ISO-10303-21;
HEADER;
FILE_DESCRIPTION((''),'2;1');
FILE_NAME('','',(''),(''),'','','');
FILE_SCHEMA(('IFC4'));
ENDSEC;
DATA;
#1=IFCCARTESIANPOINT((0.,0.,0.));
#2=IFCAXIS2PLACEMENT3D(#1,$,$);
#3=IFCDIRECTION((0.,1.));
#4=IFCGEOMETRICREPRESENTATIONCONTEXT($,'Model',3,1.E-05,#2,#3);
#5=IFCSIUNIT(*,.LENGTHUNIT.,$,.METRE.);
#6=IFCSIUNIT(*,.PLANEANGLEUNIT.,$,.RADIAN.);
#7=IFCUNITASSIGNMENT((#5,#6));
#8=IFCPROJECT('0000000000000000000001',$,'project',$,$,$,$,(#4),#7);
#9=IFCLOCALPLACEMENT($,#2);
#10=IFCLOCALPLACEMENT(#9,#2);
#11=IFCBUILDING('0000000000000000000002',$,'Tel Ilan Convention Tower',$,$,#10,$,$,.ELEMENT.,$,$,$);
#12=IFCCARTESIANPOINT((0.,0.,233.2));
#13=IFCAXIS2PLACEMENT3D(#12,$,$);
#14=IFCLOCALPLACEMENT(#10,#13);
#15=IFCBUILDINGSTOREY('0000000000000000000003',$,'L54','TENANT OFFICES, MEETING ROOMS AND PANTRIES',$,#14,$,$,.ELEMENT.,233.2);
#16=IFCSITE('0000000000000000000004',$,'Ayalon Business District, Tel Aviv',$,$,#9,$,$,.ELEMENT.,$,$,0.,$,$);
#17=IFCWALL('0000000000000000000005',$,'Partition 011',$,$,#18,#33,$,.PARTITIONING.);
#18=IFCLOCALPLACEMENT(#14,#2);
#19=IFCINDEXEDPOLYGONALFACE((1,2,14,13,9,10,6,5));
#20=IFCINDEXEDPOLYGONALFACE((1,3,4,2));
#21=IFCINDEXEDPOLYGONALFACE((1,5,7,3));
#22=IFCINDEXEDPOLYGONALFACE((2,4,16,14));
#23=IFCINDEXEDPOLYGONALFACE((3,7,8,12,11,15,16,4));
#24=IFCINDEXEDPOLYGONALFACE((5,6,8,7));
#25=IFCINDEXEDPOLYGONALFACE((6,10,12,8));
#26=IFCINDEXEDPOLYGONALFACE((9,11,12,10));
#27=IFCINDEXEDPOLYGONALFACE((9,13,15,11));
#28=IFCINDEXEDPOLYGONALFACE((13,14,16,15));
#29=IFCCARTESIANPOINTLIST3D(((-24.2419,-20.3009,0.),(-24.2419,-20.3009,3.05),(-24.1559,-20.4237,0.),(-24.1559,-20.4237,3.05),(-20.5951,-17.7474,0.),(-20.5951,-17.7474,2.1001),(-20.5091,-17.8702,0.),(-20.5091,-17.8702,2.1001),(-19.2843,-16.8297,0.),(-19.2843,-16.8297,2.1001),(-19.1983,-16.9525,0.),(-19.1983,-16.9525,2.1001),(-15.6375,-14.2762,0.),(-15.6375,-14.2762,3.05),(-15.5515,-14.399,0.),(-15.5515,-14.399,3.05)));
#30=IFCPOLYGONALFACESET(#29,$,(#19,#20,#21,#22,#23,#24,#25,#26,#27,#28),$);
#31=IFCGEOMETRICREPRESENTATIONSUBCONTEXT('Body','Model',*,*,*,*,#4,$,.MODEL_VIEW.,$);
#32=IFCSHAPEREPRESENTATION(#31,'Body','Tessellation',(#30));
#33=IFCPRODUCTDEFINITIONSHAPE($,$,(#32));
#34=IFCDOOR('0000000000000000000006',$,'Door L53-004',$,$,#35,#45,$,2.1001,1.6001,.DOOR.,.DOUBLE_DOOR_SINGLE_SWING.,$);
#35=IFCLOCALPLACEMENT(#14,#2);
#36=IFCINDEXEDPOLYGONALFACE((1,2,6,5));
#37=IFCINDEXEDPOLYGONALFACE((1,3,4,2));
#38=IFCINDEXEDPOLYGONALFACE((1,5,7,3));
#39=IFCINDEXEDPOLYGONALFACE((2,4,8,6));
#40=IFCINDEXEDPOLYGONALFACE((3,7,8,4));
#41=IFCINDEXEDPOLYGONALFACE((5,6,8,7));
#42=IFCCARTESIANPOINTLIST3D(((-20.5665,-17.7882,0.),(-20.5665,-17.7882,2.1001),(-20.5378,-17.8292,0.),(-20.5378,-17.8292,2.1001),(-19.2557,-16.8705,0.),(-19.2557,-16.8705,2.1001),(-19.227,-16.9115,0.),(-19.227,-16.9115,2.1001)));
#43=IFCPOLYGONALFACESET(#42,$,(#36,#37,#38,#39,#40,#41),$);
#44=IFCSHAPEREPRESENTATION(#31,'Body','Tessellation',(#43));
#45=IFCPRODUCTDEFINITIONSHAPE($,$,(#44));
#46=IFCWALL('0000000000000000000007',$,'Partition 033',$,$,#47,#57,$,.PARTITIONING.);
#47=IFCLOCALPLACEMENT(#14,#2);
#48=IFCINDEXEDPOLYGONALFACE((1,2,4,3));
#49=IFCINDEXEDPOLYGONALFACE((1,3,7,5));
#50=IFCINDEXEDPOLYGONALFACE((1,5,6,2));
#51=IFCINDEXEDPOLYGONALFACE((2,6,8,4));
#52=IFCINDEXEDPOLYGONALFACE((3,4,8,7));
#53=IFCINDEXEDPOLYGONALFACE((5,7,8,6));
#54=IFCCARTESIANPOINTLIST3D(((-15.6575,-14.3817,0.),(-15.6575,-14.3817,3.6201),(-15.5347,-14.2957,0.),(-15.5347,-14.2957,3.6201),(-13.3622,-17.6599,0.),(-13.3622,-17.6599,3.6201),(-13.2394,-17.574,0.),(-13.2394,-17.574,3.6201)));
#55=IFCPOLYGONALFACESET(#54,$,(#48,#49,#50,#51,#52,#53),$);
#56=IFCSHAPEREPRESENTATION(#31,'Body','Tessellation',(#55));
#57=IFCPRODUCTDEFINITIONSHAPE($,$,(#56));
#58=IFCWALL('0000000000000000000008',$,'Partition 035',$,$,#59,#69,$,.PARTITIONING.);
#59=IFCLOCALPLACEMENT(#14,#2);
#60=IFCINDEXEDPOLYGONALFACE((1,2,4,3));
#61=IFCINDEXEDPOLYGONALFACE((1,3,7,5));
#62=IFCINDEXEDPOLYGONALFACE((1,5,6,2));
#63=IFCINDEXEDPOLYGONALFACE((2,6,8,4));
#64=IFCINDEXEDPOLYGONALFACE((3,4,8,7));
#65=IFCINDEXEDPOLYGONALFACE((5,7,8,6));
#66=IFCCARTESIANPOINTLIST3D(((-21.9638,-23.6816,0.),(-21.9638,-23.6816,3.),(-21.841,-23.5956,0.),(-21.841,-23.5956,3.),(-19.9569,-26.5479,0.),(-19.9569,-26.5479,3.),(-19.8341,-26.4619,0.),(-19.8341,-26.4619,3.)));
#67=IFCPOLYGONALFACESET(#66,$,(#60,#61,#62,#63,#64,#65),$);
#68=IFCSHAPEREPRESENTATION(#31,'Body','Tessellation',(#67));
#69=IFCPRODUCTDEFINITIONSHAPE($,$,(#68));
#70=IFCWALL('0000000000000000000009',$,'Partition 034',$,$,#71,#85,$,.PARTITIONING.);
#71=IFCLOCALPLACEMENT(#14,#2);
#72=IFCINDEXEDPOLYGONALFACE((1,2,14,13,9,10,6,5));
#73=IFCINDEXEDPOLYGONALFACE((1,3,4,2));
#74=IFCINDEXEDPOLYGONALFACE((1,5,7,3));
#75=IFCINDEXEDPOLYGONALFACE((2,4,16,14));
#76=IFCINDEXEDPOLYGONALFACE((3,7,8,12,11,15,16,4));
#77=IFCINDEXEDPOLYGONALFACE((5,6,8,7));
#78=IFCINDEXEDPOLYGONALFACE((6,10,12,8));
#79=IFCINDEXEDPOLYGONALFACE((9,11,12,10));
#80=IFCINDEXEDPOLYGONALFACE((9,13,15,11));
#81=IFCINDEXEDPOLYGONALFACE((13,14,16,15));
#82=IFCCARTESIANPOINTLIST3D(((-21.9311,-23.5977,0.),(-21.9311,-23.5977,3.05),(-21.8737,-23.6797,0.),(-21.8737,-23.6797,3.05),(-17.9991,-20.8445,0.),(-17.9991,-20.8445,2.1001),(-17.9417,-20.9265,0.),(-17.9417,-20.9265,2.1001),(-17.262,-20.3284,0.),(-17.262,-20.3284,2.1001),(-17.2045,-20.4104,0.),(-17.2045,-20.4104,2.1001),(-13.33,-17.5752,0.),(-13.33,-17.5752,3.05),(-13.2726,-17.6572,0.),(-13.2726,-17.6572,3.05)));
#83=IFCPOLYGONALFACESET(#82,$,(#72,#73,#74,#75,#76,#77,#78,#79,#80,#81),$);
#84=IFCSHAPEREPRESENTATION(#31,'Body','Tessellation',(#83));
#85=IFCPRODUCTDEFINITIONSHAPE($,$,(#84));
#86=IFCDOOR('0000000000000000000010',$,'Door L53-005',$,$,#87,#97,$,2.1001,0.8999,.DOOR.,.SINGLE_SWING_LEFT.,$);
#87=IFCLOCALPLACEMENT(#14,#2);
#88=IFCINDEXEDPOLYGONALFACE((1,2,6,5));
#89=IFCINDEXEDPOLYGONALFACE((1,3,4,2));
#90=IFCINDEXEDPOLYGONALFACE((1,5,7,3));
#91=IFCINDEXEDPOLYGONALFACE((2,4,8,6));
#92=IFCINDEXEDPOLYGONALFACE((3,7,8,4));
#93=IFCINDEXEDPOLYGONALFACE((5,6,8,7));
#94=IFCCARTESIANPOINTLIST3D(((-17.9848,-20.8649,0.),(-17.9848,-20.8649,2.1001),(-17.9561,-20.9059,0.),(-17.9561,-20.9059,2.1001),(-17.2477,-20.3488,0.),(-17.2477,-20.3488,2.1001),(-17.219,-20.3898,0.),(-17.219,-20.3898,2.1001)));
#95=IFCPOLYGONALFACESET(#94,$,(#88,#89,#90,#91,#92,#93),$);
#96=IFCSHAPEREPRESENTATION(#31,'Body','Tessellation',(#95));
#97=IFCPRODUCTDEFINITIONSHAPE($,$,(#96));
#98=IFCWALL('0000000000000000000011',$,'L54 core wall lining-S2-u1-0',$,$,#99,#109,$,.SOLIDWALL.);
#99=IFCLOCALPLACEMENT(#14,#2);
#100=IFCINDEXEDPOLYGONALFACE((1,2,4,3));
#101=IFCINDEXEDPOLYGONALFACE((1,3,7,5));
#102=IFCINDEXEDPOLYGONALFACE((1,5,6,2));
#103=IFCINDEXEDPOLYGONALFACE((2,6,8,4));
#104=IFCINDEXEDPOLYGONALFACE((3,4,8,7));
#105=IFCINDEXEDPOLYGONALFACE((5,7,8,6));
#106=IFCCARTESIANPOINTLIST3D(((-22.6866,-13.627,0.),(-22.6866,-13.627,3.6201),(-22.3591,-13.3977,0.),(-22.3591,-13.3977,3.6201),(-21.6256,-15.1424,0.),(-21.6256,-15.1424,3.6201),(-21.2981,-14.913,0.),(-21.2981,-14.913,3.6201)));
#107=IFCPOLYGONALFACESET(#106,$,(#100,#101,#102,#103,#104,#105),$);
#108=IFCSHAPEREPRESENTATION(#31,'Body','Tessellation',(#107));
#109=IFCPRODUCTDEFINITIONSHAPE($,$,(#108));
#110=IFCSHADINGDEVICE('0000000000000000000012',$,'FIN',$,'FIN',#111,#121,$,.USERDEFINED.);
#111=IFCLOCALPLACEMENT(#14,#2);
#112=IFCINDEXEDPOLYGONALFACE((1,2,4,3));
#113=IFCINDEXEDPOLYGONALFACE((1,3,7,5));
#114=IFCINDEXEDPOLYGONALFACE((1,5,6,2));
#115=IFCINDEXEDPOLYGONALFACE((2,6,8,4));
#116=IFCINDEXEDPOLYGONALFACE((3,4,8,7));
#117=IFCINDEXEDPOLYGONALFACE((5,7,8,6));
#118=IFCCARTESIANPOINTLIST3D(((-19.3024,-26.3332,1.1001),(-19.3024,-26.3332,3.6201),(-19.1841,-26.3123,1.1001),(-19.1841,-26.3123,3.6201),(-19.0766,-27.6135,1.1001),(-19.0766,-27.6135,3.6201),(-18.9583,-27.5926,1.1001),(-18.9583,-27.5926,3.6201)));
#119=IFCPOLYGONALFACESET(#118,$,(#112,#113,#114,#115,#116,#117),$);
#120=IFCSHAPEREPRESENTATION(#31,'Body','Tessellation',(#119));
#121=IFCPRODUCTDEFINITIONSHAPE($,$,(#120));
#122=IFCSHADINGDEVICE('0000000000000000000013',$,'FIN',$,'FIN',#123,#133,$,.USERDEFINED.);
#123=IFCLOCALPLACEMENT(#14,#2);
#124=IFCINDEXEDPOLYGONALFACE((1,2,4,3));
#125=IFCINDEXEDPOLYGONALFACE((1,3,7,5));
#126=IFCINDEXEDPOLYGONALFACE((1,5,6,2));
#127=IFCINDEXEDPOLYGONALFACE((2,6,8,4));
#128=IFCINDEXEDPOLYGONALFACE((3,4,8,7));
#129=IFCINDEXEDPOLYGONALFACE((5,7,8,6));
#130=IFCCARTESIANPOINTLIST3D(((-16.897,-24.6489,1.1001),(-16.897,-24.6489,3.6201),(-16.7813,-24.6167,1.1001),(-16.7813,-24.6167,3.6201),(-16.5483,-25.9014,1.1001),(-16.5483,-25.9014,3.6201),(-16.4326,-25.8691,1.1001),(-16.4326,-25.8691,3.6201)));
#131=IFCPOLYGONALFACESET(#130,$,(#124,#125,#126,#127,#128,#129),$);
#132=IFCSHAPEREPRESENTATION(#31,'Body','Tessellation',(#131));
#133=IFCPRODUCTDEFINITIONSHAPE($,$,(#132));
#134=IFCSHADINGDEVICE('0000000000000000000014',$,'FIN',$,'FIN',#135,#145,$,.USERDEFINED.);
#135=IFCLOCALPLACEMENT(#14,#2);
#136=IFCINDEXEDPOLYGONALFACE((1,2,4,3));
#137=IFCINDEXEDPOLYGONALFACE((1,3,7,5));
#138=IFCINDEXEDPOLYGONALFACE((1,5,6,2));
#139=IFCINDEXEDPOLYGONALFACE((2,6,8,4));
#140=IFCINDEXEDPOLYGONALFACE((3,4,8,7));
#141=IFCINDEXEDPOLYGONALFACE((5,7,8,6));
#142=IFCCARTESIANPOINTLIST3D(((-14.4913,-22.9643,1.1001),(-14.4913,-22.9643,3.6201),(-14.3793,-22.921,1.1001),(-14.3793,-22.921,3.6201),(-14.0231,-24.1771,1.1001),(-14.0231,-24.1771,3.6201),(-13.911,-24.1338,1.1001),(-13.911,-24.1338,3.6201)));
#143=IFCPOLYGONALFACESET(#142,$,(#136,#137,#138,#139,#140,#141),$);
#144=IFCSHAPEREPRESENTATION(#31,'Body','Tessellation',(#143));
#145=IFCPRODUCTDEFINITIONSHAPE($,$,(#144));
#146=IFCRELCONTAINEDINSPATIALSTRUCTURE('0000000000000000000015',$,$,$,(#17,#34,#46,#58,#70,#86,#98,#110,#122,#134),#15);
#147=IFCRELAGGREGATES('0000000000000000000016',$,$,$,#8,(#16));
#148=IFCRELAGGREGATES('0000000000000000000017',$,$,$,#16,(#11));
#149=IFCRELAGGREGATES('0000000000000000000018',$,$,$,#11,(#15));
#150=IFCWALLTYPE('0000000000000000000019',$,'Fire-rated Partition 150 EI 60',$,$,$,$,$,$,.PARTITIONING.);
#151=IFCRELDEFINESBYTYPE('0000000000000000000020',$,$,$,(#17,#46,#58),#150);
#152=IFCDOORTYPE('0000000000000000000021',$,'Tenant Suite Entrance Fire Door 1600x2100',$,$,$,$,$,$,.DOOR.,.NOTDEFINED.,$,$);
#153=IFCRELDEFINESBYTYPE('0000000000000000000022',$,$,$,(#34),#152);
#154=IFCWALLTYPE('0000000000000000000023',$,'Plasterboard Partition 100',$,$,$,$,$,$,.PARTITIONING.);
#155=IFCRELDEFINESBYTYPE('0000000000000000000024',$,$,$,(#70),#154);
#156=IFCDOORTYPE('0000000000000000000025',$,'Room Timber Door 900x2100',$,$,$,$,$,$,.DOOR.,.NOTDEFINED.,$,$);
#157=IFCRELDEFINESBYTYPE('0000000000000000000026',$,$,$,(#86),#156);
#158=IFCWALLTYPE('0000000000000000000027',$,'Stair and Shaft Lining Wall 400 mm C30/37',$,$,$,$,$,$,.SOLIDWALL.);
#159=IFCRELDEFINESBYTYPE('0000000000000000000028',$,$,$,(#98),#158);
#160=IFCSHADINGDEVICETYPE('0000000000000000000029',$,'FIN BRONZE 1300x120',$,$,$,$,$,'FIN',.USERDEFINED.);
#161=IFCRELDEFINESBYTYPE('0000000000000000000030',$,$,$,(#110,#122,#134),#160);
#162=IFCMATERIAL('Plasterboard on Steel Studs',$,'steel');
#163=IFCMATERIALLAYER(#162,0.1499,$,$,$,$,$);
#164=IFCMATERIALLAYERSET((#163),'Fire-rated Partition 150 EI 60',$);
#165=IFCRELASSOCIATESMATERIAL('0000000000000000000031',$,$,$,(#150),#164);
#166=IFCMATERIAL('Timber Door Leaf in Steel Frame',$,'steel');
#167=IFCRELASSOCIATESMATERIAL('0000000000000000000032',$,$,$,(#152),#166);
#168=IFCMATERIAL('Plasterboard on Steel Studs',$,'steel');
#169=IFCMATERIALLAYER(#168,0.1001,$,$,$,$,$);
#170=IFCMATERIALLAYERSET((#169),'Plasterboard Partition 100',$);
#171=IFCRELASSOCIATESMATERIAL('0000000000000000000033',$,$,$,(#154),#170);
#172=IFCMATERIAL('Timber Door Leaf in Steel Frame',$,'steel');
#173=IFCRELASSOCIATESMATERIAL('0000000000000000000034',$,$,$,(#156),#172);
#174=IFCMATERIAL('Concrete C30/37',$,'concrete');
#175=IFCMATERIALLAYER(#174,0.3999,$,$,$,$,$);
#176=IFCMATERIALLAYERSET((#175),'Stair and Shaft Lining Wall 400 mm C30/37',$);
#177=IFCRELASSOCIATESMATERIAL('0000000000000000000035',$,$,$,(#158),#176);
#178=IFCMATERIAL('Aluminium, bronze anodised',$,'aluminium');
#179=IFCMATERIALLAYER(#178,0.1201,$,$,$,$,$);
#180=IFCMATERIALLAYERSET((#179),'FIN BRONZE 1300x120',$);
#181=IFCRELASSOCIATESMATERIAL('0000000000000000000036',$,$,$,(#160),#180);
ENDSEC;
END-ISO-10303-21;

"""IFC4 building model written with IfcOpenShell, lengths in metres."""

from ifc_helpers import new_model, si_unit, direction, frame, frame_2d, origin, origin_2d, place, context, subcontext, project, spatial, rectangle, extrude, material, layer, layer_set, type_object, element, fill, save


model = new_model("IFC4")

# Units and contexts
model_context = context("Model", 3, precision=1e-05, world=origin(), true_north=direction((0.0, 1.0)))
body_context = subcontext(model_context, "Body", "Model", "MODEL_VIEW")
ifc_project = project(units=[si_unit("LENGTHUNIT", "METRE"), si_unit("PLANEANGLEUNIT", "RADIAN")], contexts=[model_context])

# Site, building, storey
site_placement = place(None, origin())
site = spatial("IfcSite", under=ifc_project, at=site_placement, Name="Ayalon Business District, Tel Aviv", CompositionType="ELEMENT", RefElevation=0.0)
building_placement = place(site_placement, origin())
building = spatial("IfcBuilding", under=site, at=building_placement, Name="Tel Ilan Convention Tower", CompositionType="ELEMENT")
storey_placement = place(building_placement, frame((0.0, 0.0, 233.2)))
storey = spatial("IfcBuildingStorey", under=building, at=storey_placement, Name="L54", Description="TENANT OFFICES, MEETING ROOMS AND PANTRIES", CompositionType="ELEMENT", Elevation=233.2)

# Wall, opening, door
ifc_material_1 = material(Name="Plasterboard on Steel Studs", Category="steel")
ifc_layer_1 = layer(ifc_material_1, 0.1499)
ifc_layer_set_1 = layer_set([ifc_layer_1], Name="Fire-rated Partition 150 EI 60")
wall_type_1 = type_object("IfcWallType", Name="Fire-rated Partition 150 EI 60", PredefinedType="PARTITIONING", material=ifc_layer_set_1)
wall_1_placement = place(storey_placement, frame((-15.5945, -14.3376, 0.0), z_axis=(0.0, 0.0, 1.0), x_axis=(-0.819164, -0.573559, 0.0)))
wall_1 = element("IfcWall", 1, at=wall_1_placement, inside=storey, type_object=wall_type_1, Name="Partition 011", PredefinedType="PARTITIONING", context=body_context, shape_type="SweptSolid", body=[
    extrude(rectangle(XDim=10.5039, YDim=0.1499, at=frame_2d((5.252, 0.0))), origin(), (0.0, 0.0, 1.0), 3.05),
])
opening_1_placement = place(wall_1_placement, frame((4.4519, 0.0, 0.0)))
opening_1 = element("IfcOpeningElement", 2, at=opening_1_placement, cuts=wall_1, PredefinedType="OPENING", context=body_context, shape_type="SweptSolid", body=[
    extrude(rectangle(XDim=1.6001, YDim=2.1001, at=frame_2d((0.8, 1.05))), frame((0.0, 0.085, 0.0), z_axis=(0.0, -1.0, 0.0), x_axis=(1.0, 0.0, 0.0)), (0.0, 0.0, 1.0), 0.1699),
])
ifc_material_2 = material(Name="Timber Door Leaf in Steel Frame", Category="steel")
door_type_1 = type_object("IfcDoorType", Name="Tenant Suite Entrance Fire Door 1600x2100", OperationType="NOTDEFINED", PredefinedType="DOOR", material=ifc_material_2)
door_1_placement = place(opening_1_placement, origin())
door_1 = element("IfcDoor", 3, at=door_1_placement, inside=storey, type_object=door_type_1, Name="Door L53-004", OperationType="DOUBLE_DOOR_SINGLE_SWING", OverallHeight=2.1001, OverallWidth=1.6001, PredefinedType="DOOR", context=body_context, shape_type="SweptSolid", body=[
    extrude(rectangle(XDim=1.6001, YDim=2.1001, at=frame_2d((0.8, 1.05))), frame((0.0, 0.0249, 0.0), z_axis=(0.0, -1.0, 0.0), x_axis=(1.0, 0.0, 0.0)), (0.0, 0.0, 1.0), 0.05),
])
fill(opening_1, door_1)

# Walls
wall_2_placement = place(storey_placement, frame((-13.3008, -17.6169, 0.0), z_axis=(0.0, 0.0, 1.0), x_axis=(-0.573561, 0.819163, 0.0)))
element("IfcWall", 4, at=wall_2_placement, inside=storey, type_object=wall_type_1, Name="Partition 033", PredefinedType="PARTITIONING", context=body_context, shape_type="SweptSolid", body=[
    extrude(rectangle(XDim=4.002, YDim=0.1499, at=frame_2d((2.001, 0.0))), origin(), (0.0, 0.0, 1.0), 3.6201),
])
wall_3_placement = place(storey_placement, frame((-19.8955, -26.5049, 0.0), z_axis=(0.0, 0.0, 1.0), x_axis=(-0.573556, 0.819166, 0.0)))
element("IfcWall", 5, at=wall_3_placement, inside=storey, type_object=wall_type_1, Name="Partition 035", PredefinedType="PARTITIONING", context=body_context, shape_type="SweptSolid", body=[
    extrude(rectangle(XDim=3.499, YDim=0.1499, at=frame_2d((1.7495, 0.0))), origin(), (0.0, 0.0, 1.0), 3.0),
])

# Wall, opening, door
ifc_material_3 = material(Name="Plasterboard on Steel Studs", Category="steel")
ifc_layer_2 = layer(ifc_material_3, 0.1001)
ifc_layer_set_2 = layer_set([ifc_layer_2], Name="Plasterboard Partition 100")
wall_type_2 = type_object("IfcWallType", Name="Plasterboard Partition 100", PredefinedType="PARTITIONING", material=ifc_layer_set_2)
wall_4_placement = place(storey_placement, frame((-13.3013, -17.6162, 0.0), z_axis=(0.0, 0.0, 1.0), x_axis=(-0.819155, -0.573572, 0.0)))
wall_4 = element("IfcWall", 6, at=wall_4_placement, inside=storey, type_object=wall_type_2, Name="Partition 034", PredefinedType="PARTITIONING", context=body_context, shape_type="SweptSolid", body=[
    extrude(rectangle(XDim=10.5, YDim=0.1001, at=frame_2d((5.25, 0.0))), origin(), (0.0, 0.0, 1.0), 3.05),
])
opening_2_placement = place(wall_4_placement, frame((4.8, 0.0, 0.0)))
opening_2 = element("IfcOpeningElement", 7, at=opening_2_placement, cuts=wall_4, PredefinedType="OPENING", context=body_context, shape_type="SweptSolid", body=[
    extrude(rectangle(XDim=0.8999, YDim=2.1001, at=frame_2d((0.45, 1.05))), frame((0.0, 0.0601, 0.0), z_axis=(0.0, -1.0, 0.0), x_axis=(1.0, 0.0, 0.0)), (0.0, 0.0, 1.0), 0.1201),
])
ifc_material_4 = material(Name="Timber Door Leaf in Steel Frame", Category="steel")
door_type_2 = type_object("IfcDoorType", Name="Room Timber Door 900x2100", OperationType="NOTDEFINED", PredefinedType="DOOR", material=ifc_material_4)
door_2_placement = place(opening_2_placement, origin())
door_2 = element("IfcDoor", 8, at=door_2_placement, inside=storey, type_object=door_type_2, Name="Door L53-005", OperationType="SINGLE_SWING_LEFT", OverallHeight=2.1001, OverallWidth=0.8999, PredefinedType="DOOR", context=body_context, shape_type="SweptSolid", body=[
    extrude(rectangle(XDim=0.8999, YDim=2.1001, at=frame_2d((0.45, 1.05))), frame((0.0, 0.0249, 0.0), z_axis=(0.0, -1.0, 0.0), x_axis=(1.0, 0.0, 0.0)), (0.0, 0.0, 1.0), 0.05),
])
fill(opening_2, door_2)

# Wall
ifc_material_5 = material(Name="Concrete C30/37", Category="concrete")
ifc_layer_3 = layer(ifc_material_5, 0.3999)
ifc_layer_set_3 = layer_set([ifc_layer_3], Name="Stair and Shaft Lining Wall 400 mm C30/37")
wall_type_3 = type_object("IfcWallType", Name="Stair and Shaft Lining Wall 400 mm C30/37", PredefinedType="SOLIDWALL", material=ifc_layer_set_3)
wall_5_placement = place(storey_placement, frame((-21.4619, -15.0276, 0.0), z_axis=(0.0, 0.0, 1.0), x_axis=(-0.57356, 0.819164, 0.0)))
element("IfcWall", 9, at=wall_5_placement, inside=storey, type_object=wall_type_3, Name="L54 core wall lining-S2-u1-0", PredefinedType="SOLIDWALL", context=body_context, shape_type="SweptSolid", body=[
    extrude(rectangle(XDim=1.8499, YDim=0.3999, at=frame_2d((0.9248, 0.0))), origin(), (0.0, 0.0, 1.0), 3.6201),
])

# Shading devices
ifc_material_6 = material(Name="Aluminium, bronze anodised", Category="aluminium")
ifc_layer_4 = layer(ifc_material_6, 0.1201)
ifc_layer_set_4 = layer_set([ifc_layer_4], Name="FIN BRONZE 1300x120")
shading_device_type = type_object("IfcShadingDeviceType", Name="FIN BRONZE 1300x120", ElementType="FIN", PredefinedType="USERDEFINED", material=ifc_layer_set_4)
for number, where, z_axis, x_axis, name in (
    (10, (-19.1304, -26.9629, 1.1001), (0.0, 0.0, 1.0), (0.173648, -0.984808, 0.0), "FIN"),
    (11, (-16.6648, -25.259, 1.1001), (0.0, 0.0, 1.0), (0.268173, -0.963371, 0.0), "FIN"),
    (12, (-14.2012, -23.5491, 1.1001), (0.0, 0.0, 1.0), (0.360178, -0.932884, 0.0), "FIN"),
):
    element("IfcShadingDevice", number, at=place(storey_placement, frame(where, z_axis=z_axis, x_axis=x_axis)), inside=storey, type_object=shading_device_type, Name=name, ObjectType="FIN", PredefinedType="USERDEFINED", context=body_context, shape_type="SweptSolid", body=[
        extrude(rectangle(XDim=1.3, YDim=0.1201, at=origin_2d()), origin(), (0.0, 0.0, 1.0), 2.52),
    ])

save(model, "model.ifc")
